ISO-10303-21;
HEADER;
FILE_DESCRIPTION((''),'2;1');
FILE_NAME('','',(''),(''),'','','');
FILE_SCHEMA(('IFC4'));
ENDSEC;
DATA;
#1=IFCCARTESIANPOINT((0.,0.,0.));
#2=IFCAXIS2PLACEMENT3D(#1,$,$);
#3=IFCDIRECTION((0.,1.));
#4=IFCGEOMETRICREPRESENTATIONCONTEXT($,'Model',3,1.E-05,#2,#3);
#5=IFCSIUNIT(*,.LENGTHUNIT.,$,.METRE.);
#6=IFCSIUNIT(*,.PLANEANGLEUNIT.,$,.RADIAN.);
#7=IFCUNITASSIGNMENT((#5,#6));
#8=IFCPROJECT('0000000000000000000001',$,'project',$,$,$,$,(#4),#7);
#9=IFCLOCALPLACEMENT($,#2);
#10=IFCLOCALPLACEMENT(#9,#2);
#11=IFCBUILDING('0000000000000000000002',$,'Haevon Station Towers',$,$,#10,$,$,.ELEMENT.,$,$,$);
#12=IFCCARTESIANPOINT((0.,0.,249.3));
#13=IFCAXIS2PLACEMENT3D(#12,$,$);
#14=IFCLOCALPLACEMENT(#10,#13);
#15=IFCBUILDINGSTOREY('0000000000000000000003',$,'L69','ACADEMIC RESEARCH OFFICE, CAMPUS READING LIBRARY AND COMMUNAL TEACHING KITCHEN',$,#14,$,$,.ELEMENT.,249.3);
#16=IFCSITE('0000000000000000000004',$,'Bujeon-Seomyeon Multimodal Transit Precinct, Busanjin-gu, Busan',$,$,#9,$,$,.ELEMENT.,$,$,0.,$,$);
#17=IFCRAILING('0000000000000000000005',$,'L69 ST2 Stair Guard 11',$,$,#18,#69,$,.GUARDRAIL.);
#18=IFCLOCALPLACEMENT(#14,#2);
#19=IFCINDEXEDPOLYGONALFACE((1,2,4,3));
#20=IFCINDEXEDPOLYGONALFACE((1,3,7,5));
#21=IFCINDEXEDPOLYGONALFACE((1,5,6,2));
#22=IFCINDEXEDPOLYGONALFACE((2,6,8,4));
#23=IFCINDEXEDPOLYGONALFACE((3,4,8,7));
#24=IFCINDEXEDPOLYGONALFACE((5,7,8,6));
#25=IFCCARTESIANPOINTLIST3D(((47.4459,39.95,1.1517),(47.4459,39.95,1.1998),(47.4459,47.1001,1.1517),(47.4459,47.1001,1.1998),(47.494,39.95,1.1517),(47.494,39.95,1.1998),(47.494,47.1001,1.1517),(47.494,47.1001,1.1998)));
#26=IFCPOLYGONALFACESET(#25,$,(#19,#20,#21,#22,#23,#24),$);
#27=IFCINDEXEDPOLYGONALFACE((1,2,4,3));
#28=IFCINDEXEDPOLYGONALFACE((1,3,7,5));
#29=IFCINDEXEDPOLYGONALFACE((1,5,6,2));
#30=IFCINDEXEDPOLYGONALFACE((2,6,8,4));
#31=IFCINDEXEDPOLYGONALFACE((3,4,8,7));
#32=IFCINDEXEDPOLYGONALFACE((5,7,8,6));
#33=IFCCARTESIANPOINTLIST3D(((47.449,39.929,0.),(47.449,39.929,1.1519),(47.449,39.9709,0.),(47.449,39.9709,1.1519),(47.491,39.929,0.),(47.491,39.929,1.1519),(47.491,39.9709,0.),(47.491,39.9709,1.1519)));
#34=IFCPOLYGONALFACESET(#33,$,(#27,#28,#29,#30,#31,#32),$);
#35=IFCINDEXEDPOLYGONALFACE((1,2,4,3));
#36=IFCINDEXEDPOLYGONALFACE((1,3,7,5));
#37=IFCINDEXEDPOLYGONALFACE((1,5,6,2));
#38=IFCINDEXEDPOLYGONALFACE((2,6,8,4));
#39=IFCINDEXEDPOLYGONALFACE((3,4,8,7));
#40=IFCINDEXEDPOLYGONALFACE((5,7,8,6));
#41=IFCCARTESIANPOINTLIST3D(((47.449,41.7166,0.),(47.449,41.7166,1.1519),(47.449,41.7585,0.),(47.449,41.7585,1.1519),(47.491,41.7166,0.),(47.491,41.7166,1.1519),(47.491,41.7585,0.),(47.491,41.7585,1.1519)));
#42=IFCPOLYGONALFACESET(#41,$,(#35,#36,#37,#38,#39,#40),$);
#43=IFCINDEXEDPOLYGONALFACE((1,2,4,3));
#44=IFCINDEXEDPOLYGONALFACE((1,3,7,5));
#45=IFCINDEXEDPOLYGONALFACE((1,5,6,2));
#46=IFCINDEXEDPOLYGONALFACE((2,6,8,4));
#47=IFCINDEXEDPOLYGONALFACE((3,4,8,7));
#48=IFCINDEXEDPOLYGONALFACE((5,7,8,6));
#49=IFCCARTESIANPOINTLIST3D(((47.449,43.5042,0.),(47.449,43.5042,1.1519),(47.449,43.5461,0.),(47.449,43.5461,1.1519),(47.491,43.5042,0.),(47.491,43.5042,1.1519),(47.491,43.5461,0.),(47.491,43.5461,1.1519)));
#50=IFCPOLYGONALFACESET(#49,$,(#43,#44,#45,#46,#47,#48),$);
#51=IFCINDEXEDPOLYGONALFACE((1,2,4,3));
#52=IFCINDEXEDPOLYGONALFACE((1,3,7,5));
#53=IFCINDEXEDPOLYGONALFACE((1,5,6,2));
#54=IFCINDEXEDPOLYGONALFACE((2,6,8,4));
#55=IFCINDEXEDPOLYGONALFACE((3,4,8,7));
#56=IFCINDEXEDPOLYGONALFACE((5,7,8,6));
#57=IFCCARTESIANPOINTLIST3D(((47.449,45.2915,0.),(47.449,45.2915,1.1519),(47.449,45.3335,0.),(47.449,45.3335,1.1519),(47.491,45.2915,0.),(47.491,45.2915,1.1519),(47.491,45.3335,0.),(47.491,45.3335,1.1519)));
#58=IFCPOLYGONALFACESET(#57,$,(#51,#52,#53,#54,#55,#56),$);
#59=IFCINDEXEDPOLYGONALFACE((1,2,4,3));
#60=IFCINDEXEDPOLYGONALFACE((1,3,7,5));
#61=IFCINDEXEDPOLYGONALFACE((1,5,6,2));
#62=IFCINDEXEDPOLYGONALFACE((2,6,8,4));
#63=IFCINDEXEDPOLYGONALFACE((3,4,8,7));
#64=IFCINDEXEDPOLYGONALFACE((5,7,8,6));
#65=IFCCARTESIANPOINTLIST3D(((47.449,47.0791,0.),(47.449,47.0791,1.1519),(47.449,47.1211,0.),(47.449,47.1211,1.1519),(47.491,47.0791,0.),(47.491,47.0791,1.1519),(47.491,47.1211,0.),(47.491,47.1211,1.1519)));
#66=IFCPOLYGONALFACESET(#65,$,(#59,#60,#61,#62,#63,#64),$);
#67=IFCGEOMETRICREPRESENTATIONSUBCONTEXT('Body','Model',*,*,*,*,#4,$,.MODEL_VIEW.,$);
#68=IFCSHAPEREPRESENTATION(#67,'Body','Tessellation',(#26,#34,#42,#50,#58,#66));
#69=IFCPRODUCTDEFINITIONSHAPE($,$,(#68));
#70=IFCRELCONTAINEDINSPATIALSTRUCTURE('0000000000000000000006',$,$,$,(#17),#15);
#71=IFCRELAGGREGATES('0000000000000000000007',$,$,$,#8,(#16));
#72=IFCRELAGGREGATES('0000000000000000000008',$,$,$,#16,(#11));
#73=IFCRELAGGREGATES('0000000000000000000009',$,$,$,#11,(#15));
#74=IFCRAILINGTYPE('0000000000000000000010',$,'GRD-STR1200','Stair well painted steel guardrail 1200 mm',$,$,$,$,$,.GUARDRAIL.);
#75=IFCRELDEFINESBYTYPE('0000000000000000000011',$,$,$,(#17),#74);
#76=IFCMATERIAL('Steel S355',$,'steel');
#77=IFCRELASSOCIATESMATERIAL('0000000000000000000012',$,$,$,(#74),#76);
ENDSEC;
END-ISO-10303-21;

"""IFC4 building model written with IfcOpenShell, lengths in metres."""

from ifc_helpers import new_model, si_unit, direction, frame, origin, origin_2d, place, context, subcontext, project, spatial, rectangle, extrude, material, type_object, element, save


model = new_model("IFC4")

# Units and contexts
model_context = context("Model", 3, precision=1e-05, world=origin(), true_north=direction((0.0, 1.0)))
body_context = subcontext(model_context, "Body", "Model", "MODEL_VIEW")
ifc_project = project(units=[si_unit("LENGTHUNIT", "METRE"), si_unit("PLANEANGLEUNIT", "RADIAN")], contexts=[model_context])

# Site, building, storey
site_placement = place(None, origin())
site = spatial("IfcSite", under=ifc_project, at=site_placement, Name="Bujeon-Seomyeon Multimodal Transit Precinct, Busanjin-gu, Busan", CompositionType="ELEMENT", RefElevation=0.0)
building_placement = place(site_placement, origin())
building = spatial("IfcBuilding", under=site, at=building_placement, Name="Haevon Station Towers", CompositionType="ELEMENT")
storey_placement = place(building_placement, frame((0.0, 0.0, 249.3)))
storey = spatial("IfcBuildingStorey", under=building, at=storey_placement, Name="L69", Description="ACADEMIC RESEARCH OFFICE, CAMPUS READING LIBRARY AND COMMUNAL TEACHING KITCHEN", CompositionType="ELEMENT", Elevation=249.3)

# Shared definitions
ifc_material_1 = material(Name="Steel S355", Category="steel")

# Railing
railing_type = type_object("IfcRailingType", Name="GRD-STR1200", Description="Stair well painted steel guardrail 1200 mm", PredefinedType="GUARDRAIL", material=ifc_material_1)
railing_1_placement = place(storey_placement, frame((47.47, 39.95, 0.0)))
element("IfcRailing", 1, at=railing_1_placement, inside=storey, type_object=railing_type, Name="L69 ST2 Stair Guard 11", PredefinedType="GUARDRAIL", context=body_context, shape_type="SweptSolid", body=[
    extrude(rectangle(XDim=0.0481, YDim=0.0481, at=origin_2d()), frame((0.0, 0.0, 1.1758), z_axis=(0.0, 1.0, 0.0), x_axis=(-1.0, 0.0, 0.0)), (0.0, 0.0, 1.0), 7.1501),
    extrude(rectangle(XDim=0.042, YDim=0.042, at=origin_2d()), origin(), (0.0, 0.0, 1.0), 1.1519),
    extrude(rectangle(XDim=0.042, YDim=0.042, at=origin_2d()), frame((0.0, 1.7876, 0.0)), (0.0, 0.0, 1.0), 1.1519),
    extrude(rectangle(XDim=0.042, YDim=0.042, at=origin_2d()), frame((0.0, 3.5752, 0.0)), (0.0, 0.0, 1.0), 1.1519),
    extrude(rectangle(XDim=0.042, YDim=0.042, at=origin_2d()), frame((0.0, 5.3625, 0.0)), (0.0, 0.0, 1.0), 1.1519),
    extrude(rectangle(XDim=0.042, YDim=0.042, at=origin_2d()), frame((0.0, 7.1501, 0.0)), (0.0, 0.0, 1.0), 1.1519),
])

save(model, "model.ifc")
